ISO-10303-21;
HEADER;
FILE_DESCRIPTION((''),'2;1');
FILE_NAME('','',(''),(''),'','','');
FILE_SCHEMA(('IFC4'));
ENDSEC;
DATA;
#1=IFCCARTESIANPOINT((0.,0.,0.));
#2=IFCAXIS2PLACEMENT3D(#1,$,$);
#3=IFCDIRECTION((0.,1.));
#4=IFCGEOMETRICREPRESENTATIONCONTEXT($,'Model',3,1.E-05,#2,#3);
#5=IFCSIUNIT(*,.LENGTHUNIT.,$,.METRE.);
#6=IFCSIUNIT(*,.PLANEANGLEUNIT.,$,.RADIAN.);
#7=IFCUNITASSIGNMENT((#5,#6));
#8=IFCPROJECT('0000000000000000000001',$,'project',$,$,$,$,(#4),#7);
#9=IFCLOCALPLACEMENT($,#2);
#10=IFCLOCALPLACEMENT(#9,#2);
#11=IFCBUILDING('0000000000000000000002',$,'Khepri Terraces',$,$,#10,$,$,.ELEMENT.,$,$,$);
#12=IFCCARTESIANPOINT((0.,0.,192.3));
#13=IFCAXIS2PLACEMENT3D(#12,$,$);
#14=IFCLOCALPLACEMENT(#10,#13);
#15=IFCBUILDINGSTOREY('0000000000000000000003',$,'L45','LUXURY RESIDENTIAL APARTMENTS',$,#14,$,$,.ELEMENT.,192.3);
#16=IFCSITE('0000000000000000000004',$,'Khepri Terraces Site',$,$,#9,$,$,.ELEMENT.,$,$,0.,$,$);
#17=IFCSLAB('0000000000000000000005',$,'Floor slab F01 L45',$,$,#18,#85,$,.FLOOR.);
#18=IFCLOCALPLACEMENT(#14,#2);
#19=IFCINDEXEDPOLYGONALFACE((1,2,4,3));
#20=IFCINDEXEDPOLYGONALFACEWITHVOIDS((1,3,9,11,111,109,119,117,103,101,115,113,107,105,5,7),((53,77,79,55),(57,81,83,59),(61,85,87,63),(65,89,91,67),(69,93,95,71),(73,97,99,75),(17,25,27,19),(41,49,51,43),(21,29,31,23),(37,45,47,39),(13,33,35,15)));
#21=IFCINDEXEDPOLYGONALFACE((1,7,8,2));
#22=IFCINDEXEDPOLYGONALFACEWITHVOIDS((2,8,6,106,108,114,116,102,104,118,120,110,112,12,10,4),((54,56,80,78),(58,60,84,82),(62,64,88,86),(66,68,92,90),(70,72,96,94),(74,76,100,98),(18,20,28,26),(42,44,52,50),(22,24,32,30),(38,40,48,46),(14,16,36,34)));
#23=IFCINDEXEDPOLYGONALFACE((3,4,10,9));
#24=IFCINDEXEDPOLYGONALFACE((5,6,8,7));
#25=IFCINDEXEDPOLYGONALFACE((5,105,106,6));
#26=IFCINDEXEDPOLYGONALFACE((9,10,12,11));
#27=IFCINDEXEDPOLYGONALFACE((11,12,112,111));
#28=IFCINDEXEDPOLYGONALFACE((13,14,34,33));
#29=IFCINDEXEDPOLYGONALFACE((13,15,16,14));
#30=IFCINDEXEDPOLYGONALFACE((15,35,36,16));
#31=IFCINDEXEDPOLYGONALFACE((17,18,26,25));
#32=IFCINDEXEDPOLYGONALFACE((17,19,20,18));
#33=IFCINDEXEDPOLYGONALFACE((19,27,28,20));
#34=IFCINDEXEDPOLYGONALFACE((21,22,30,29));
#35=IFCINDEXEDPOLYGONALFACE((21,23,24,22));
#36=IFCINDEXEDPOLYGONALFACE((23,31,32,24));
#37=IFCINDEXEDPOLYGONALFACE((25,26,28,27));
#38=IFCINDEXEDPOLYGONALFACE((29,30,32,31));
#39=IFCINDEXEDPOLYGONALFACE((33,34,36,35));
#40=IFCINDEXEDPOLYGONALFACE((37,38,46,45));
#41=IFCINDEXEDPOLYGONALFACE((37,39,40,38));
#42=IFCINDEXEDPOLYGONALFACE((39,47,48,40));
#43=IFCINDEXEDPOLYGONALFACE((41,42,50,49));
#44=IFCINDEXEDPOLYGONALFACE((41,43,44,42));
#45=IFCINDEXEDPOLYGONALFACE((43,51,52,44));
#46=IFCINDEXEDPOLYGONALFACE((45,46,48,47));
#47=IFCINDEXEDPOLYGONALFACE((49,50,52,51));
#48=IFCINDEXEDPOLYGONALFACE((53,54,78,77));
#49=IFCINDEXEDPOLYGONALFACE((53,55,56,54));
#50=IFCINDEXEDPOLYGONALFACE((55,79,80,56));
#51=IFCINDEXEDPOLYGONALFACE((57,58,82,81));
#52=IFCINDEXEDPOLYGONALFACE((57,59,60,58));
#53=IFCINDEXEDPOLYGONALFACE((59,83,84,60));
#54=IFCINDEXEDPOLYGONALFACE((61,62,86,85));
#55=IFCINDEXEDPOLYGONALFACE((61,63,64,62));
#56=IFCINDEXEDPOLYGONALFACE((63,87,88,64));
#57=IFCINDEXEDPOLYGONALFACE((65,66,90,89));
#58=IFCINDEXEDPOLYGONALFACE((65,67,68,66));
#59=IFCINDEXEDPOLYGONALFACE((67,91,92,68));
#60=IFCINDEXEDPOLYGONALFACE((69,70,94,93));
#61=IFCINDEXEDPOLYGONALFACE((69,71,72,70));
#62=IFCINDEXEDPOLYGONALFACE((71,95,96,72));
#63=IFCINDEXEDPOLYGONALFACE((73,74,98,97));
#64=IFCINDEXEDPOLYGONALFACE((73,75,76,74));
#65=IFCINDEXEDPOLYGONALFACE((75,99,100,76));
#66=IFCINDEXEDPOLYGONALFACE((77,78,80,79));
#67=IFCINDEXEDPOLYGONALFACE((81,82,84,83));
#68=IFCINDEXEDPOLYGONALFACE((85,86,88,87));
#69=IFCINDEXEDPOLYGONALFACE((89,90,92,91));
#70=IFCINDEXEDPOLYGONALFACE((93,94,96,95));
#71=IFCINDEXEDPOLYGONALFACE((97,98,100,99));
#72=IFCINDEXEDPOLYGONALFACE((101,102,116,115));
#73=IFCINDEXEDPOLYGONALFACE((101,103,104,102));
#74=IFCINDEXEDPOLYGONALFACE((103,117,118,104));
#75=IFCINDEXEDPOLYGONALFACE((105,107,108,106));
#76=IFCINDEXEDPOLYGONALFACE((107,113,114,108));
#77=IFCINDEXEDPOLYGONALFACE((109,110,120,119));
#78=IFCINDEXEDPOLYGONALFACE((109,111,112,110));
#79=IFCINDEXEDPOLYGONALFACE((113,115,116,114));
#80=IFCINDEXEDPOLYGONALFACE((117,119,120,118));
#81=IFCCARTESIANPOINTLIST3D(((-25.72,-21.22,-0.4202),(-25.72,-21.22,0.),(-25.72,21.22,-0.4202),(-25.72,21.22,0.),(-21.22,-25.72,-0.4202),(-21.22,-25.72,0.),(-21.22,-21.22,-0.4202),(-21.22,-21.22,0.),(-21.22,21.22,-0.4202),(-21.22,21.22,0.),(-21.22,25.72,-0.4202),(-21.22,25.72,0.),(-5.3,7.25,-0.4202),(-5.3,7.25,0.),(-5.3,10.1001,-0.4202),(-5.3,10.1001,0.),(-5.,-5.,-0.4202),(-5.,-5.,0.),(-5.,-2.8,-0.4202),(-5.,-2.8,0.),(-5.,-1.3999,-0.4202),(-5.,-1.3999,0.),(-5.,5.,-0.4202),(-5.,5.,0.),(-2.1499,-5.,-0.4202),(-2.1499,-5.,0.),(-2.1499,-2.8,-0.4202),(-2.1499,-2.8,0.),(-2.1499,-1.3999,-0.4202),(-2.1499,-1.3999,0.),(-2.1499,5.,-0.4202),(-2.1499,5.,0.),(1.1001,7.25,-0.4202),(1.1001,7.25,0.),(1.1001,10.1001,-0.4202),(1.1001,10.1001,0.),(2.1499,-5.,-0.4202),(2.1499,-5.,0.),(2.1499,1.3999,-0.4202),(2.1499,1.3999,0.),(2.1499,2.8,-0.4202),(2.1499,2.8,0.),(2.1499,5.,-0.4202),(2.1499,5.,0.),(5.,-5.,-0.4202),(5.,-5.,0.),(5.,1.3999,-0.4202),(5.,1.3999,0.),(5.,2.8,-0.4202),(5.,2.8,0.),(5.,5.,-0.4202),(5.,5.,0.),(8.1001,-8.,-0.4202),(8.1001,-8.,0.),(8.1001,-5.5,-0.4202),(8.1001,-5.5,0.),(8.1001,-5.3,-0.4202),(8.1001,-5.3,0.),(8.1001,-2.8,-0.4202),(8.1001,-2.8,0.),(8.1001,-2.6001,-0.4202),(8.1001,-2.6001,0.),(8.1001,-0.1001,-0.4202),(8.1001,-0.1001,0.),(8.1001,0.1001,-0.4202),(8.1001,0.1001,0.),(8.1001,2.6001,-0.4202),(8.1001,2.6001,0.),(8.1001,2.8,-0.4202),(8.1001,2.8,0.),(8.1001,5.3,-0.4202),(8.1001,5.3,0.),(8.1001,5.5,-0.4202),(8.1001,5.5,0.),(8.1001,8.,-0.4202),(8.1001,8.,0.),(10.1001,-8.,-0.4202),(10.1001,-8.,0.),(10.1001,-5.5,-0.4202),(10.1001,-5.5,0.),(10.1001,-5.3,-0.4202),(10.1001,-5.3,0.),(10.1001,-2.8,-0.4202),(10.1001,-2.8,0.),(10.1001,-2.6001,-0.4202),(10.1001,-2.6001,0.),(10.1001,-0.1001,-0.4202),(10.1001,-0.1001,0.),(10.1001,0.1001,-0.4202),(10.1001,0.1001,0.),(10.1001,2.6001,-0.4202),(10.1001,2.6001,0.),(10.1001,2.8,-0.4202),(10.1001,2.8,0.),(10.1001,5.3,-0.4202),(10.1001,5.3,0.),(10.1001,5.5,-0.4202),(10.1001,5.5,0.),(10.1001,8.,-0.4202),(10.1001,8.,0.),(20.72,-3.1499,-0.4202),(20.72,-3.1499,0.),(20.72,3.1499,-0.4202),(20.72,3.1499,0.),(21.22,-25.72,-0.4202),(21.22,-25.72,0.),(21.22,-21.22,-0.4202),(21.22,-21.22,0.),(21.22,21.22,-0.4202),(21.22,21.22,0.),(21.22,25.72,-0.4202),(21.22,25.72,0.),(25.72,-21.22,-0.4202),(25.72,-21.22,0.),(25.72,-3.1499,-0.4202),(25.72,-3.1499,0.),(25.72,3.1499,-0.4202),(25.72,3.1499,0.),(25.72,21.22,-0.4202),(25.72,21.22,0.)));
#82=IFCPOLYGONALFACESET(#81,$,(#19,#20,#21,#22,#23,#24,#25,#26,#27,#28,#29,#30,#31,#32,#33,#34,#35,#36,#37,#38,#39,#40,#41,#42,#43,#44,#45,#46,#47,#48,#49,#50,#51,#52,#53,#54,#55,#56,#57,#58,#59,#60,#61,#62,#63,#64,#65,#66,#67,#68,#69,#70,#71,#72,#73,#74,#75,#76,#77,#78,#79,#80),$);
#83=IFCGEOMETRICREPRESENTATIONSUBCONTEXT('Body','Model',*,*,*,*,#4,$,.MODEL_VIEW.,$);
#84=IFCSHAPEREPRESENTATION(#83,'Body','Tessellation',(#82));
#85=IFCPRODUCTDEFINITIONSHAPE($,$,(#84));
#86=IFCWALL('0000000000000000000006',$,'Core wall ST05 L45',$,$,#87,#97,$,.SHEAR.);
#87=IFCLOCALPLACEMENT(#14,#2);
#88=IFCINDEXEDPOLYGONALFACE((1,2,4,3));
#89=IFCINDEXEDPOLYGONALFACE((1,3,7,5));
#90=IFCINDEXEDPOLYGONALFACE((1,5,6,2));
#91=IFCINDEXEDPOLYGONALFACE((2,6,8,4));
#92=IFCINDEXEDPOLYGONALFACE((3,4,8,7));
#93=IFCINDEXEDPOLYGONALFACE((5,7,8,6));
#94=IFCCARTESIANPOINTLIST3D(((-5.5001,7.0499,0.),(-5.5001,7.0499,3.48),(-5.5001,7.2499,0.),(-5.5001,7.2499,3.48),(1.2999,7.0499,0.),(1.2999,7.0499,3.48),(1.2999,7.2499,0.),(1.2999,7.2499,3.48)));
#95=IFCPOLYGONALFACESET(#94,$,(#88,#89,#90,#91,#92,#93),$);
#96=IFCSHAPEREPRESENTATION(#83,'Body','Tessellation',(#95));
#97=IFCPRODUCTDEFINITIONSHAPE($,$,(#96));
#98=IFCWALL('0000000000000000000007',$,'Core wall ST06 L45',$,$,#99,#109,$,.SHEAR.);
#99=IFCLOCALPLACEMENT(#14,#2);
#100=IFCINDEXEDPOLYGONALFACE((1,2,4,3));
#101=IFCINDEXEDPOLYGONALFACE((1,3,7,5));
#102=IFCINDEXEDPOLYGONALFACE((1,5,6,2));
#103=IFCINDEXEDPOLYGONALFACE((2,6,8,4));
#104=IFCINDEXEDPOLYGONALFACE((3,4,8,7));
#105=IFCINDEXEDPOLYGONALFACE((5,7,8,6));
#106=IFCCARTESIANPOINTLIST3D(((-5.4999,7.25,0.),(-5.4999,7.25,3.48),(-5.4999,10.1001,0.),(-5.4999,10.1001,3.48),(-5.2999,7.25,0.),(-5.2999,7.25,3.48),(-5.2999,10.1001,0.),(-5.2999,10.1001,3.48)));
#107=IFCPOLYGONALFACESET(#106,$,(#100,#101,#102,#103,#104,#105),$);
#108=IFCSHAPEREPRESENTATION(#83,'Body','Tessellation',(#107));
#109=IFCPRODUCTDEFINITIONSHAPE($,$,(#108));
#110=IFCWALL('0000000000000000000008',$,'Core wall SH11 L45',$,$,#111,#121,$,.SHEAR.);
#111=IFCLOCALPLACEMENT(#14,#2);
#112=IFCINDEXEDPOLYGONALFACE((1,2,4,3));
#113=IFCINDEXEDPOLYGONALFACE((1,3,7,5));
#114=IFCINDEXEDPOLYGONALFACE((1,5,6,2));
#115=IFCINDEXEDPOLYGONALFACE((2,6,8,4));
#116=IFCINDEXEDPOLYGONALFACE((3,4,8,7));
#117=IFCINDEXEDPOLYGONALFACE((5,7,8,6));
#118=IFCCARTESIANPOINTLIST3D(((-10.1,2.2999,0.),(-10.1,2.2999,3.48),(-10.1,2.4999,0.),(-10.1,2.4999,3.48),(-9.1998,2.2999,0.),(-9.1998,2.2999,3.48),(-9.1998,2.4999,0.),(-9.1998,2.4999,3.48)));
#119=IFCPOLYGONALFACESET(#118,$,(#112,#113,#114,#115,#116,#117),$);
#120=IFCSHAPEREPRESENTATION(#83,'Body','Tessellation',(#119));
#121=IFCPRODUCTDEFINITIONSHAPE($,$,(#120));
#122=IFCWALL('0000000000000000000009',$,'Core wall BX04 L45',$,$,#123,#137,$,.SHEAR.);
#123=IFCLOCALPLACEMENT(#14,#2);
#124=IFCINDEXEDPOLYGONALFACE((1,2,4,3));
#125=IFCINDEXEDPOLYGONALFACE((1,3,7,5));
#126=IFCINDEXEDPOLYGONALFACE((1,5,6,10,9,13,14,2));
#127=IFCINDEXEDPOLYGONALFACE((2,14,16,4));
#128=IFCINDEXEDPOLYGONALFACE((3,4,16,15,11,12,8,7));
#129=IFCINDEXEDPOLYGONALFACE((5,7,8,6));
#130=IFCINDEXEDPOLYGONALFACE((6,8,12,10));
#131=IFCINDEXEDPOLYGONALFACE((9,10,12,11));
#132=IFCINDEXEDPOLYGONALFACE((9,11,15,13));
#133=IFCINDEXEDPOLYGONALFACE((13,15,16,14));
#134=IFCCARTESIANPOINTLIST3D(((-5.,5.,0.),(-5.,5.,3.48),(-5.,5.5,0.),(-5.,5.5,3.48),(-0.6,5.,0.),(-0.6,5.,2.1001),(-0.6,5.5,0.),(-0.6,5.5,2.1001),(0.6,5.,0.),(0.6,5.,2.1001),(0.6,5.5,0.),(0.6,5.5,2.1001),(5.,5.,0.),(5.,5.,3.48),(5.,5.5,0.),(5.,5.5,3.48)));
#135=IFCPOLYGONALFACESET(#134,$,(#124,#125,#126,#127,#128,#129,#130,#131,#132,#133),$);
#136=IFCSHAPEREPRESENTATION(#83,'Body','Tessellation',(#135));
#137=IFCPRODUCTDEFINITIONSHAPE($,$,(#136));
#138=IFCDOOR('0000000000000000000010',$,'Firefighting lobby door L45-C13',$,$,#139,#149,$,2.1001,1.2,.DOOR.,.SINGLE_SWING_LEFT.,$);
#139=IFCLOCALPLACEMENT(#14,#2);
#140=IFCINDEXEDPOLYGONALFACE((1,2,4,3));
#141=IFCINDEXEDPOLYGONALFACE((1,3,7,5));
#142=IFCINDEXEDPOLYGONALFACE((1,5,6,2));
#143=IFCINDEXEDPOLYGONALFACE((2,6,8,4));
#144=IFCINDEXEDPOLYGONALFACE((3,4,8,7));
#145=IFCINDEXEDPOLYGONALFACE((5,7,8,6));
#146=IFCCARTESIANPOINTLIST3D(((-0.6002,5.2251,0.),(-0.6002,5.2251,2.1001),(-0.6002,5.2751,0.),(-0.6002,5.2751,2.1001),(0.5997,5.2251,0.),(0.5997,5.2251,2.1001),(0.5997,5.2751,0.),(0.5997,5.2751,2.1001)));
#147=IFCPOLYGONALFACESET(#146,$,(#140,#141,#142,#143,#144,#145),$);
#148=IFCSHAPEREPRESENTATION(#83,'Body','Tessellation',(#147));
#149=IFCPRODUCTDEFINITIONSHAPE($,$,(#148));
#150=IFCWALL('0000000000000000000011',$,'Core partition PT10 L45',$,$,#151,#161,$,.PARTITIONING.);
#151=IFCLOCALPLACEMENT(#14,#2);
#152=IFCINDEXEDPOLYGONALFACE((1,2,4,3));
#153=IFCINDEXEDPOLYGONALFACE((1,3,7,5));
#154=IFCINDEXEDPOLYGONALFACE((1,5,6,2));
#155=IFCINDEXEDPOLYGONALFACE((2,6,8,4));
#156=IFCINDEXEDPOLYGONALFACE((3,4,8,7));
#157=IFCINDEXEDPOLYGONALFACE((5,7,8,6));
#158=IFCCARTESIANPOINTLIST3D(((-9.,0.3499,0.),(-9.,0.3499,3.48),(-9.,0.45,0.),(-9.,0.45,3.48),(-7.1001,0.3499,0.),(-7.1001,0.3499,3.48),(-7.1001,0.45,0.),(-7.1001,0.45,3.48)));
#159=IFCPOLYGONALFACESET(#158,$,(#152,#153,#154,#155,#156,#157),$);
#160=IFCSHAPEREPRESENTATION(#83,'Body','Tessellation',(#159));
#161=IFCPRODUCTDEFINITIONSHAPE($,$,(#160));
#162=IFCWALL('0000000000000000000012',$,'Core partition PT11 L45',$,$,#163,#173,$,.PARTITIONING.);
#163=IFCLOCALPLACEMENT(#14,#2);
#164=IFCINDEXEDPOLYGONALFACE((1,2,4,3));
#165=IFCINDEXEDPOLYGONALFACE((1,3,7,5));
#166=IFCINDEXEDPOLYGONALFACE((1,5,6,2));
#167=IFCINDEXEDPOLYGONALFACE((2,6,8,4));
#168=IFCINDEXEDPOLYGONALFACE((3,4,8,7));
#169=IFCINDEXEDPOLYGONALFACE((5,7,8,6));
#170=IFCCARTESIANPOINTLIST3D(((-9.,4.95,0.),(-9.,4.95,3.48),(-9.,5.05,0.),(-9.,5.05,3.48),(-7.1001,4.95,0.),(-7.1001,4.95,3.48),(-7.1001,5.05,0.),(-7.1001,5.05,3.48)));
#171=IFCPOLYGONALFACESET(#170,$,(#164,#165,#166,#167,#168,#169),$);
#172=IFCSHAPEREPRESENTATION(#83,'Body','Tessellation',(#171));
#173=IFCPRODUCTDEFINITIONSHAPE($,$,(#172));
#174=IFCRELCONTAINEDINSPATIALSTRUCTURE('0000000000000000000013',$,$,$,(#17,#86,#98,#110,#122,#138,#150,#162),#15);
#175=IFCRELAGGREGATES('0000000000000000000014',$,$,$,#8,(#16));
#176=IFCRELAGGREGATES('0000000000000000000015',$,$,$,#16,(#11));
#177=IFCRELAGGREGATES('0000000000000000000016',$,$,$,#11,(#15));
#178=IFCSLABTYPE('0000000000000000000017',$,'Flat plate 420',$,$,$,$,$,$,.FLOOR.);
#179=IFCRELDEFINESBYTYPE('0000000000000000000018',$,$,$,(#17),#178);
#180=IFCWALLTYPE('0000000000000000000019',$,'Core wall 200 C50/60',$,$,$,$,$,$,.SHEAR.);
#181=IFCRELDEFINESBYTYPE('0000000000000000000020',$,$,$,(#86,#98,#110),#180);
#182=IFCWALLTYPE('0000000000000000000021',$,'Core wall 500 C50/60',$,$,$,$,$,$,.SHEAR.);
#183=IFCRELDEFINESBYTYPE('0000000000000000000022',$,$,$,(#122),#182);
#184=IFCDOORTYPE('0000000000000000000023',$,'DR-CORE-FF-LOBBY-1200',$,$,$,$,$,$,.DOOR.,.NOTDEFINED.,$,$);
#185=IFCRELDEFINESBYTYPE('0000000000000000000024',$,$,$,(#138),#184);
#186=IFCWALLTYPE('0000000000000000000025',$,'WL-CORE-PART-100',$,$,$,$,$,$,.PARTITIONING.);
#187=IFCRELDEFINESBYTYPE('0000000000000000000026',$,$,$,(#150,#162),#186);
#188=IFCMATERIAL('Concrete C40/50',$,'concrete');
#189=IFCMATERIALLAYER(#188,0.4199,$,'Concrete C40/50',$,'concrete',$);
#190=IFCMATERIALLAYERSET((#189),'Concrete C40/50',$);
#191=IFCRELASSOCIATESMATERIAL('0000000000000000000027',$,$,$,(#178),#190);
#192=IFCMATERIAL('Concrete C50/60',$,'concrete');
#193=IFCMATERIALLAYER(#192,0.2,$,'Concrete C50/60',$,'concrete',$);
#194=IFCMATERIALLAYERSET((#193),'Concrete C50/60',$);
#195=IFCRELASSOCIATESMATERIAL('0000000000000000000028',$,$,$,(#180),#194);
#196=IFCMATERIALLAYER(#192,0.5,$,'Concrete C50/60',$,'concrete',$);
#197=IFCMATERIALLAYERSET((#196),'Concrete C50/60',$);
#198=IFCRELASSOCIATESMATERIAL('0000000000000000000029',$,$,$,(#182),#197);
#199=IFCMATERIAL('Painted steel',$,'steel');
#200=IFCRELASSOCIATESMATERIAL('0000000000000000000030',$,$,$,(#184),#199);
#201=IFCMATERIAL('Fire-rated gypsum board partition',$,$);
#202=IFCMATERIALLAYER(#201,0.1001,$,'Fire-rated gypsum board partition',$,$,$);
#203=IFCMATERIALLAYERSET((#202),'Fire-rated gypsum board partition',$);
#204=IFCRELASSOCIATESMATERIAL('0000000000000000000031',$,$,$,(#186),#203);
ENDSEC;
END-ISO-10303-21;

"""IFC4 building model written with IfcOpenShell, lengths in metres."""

from ifc_helpers import new_model, si_unit, direction, frame, frame_2d, origin, place, context, subcontext, project, spatial, polyline, rectangle, outline, extrude, material, layer, layer_set, type_object, element, fill, save


model = new_model("IFC4")

# Units and contexts
model_context = context("Model", 3, precision=1e-05, world=origin(), true_north=direction((0.0, 1.0)))
body_context = subcontext(model_context, "Body", "Model", "MODEL_VIEW")
ifc_project = project(units=[si_unit("LENGTHUNIT", "METRE"), si_unit("PLANEANGLEUNIT", "RADIAN")], contexts=[model_context])

# Site, building, storey
site_placement = place(None, origin())
site = spatial("IfcSite", under=ifc_project, at=site_placement, Name="Khepri Terraces Site", CompositionType="ELEMENT", RefElevation=0.0)
building_placement = place(site_placement, origin())
building = spatial("IfcBuilding", under=site, at=building_placement, Name="Khepri Terraces", CompositionType="ELEMENT")
storey_placement = place(building_placement, frame((0.0, 0.0, 192.3)))
storey = spatial("IfcBuildingStorey", under=building, at=storey_placement, Name="L45", Description="LUXURY RESIDENTIAL APARTMENTS", CompositionType="ELEMENT", Elevation=192.3)

# Slab
ifc_material_1 = material(Name="Concrete C40/50", Category="concrete")
ifc_layer_1 = layer(ifc_material_1, 0.4199, Name="Concrete C40/50", Category="concrete")
ifc_layer_set_1 = layer_set([ifc_layer_1], Name="Concrete C40/50")
slab_type = type_object("IfcSlabType", Name="Flat plate 420", PredefinedType="FLOOR", material=ifc_layer_set_1)
slab_placement = place(storey_placement, frame((0.0, 0.0, -0.4202)))
element("IfcSlab", 1, at=slab_placement, inside=storey, type_object=slab_type, Name="Floor slab F01 L45", PredefinedType="FLOOR", context=body_context, shape_type="SweptSolid", body=[
    extrude(outline(polyline([(25.72, 3.1499), (20.72, 3.1499), (20.72, -3.1499), (25.72, -3.1499), (25.72, -21.22), (21.22, -21.22), (21.22, -25.72), (-21.22, -25.72), (-21.22, -21.22), (-25.72, -21.22), (-25.72, 21.22), (-21.22, 21.22), (-21.22, 25.72), (21.22, 25.72), (21.22, 21.22), (25.72, 21.22), (25.72, 3.1499)]), holes=[polyline([(2.1499, 2.8), (5.0, 2.8), (5.0, 5.0), (2.1499, 5.0), (2.1499, 2.8)]), polyline([(-5.0, -2.8), (-5.0, -5.0), (-2.1499, -5.0), (-2.1499, -2.8), (-5.0, -2.8)]), polyline([(10.1001, -5.5), (8.1001, -5.5), (8.1001, -8.0), (10.1001, -8.0), (10.1001, -5.5)]), polyline([(10.1001, -5.3), (10.1001, -2.8), (8.1001, -2.8), (8.1001, -5.3), (10.1001, -5.3)]), polyline([(8.1001, -2.6001), (10.1001, -2.6001), (10.1001, -0.1001), (8.1001, -0.1001), (8.1001, -2.6001)]), polyline([(8.1001, 2.6001), (8.1001, 0.1001), (10.1001, 0.1001), (10.1001, 2.6001), (8.1001, 2.6001)]), polyline([(10.1001, 5.3), (8.1001, 5.3), (8.1001, 2.8), (10.1001, 2.8), (10.1001, 5.3)]), polyline([(10.1001, 5.5), (10.1001, 8.0), (8.1001, 8.0), (8.1001, 5.5), (10.1001, 5.5)]), polyline([(-5.0, -1.3999), (-2.1499, -1.3999), (-2.1499, 5.0), (-5.0, 5.0), (-5.0, -1.3999)]), polyline([(5.0, -5.0), (5.0, 1.3999), (2.1499, 1.3999), (2.1499, -5.0), (5.0, -5.0)]), polyline([(-5.3, 10.1001), (-5.3, 7.25), (1.1001, 7.25), (1.1001, 10.1001), (-5.3, 10.1001)])]), origin(), (0.0, 0.0, 1.0), 0.4202),
])

# Walls
ifc_material_2 = material(Name="Concrete C50/60", Category="concrete")
ifc_layer_2 = layer(ifc_material_2, 0.2, Name="Concrete C50/60", Category="concrete")
ifc_layer_set_2 = layer_set([ifc_layer_2], Name="Concrete C50/60")
wall_type_1 = type_object("IfcWallType", Name="Core wall 200 C50/60", PredefinedType="SHEAR", material=ifc_layer_set_2)
wall_1_placement = place(storey_placement, frame((-5.5, 7.1499, 0.0), z_axis=(0.0, 0.0, 1.0), x_axis=(1.0, 0.0, 0.0)))
element("IfcWall", 2, at=wall_1_placement, inside=storey, type_object=wall_type_1, Name="Core wall ST05 L45", PredefinedType="SHEAR", context=body_context, shape_type="SweptSolid", body=[
    extrude(rectangle(XDim=6.8, YDim=0.2, at=frame_2d((3.3999, 0.0))), origin(), (0.0, 0.0, 1.0), 3.48),
])
wall_2_placement = place(storey_placement, frame((-5.3999, 7.25, 0.0), z_axis=(0.0, 0.0, 1.0), x_axis=(0.0, 1.0, 0.0)))
element("IfcWall", 3, at=wall_2_placement, inside=storey, type_object=wall_type_1, Name="Core wall ST06 L45", PredefinedType="SHEAR", context=body_context, shape_type="SweptSolid", body=[
    extrude(rectangle(XDim=2.8501, YDim=0.2, at=frame_2d((1.425, 0.0))), origin(), (0.0, 0.0, 1.0), 3.48),
])
wall_3_placement = place(storey_placement, frame((-10.1001, 2.3999, 0.0), z_axis=(0.0, 0.0, 1.0), x_axis=(1.0, 0.0, 0.0)))
element("IfcWall", 4, at=wall_3_placement, inside=storey, type_object=wall_type_1, Name="Core wall SH11 L45", PredefinedType="SHEAR", context=body_context, shape_type="SweptSolid", body=[
    extrude(rectangle(XDim=0.9001, YDim=0.2, at=frame_2d((0.4502, 0.0))), origin(), (0.0, 0.0, 1.0), 3.48),
])

# Wall, opening, door
ifc_layer_3 = layer(ifc_material_2, 0.5, Name="Concrete C50/60", Category="concrete")
ifc_layer_set_3 = layer_set([ifc_layer_3], Name="Concrete C50/60")
wall_type_2 = type_object("IfcWallType", Name="Core wall 500 C50/60", PredefinedType="SHEAR", material=ifc_layer_set_3)
wall_4_placement = place(storey_placement, frame((-5.0, 5.25, 0.0), z_axis=(0.0, 0.0, 1.0), x_axis=(1.0, 0.0, 0.0)))
wall_4 = element("IfcWall", 5, at=wall_4_placement, inside=storey, type_object=wall_type_2, Name="Core wall BX04 L45", PredefinedType="SHEAR", context=body_context, shape_type="SweptSolid", body=[
    extrude(rectangle(XDim=10.0, YDim=0.5, at=frame_2d((5.0, 0.0))), origin(), (0.0, 0.0, 1.0), 3.48),
])
opening_1_placement = place(wall_4_placement, frame((4.3999, 0.0, 0.0)))
opening_1 = element("IfcOpeningElement", 6, at=opening_1_placement, cuts=wall_4, PredefinedType="OPENING", context=body_context, shape_type="SweptSolid", body=[
    extrude(rectangle(XDim=1.2, YDim=2.1001, at=frame_2d((0.6001, 1.05))), frame((0.0, 0.26, 0.0), z_axis=(0.0, -1.0, 0.0), x_axis=(1.0, 0.0, 0.0)), (0.0, 0.0, 1.0), 0.52),
])
ifc_material_3 = material(Name="Painted steel", Category="steel")
door_type_1 = type_object("IfcDoorType", Name="DR-CORE-FF-LOBBY-1200", OperationType="NOTDEFINED", PredefinedType="DOOR", material=ifc_material_3)
door_1_placement = place(opening_1_placement, frame((1.2, 0.0, 0.0), z_axis=(0.0, 0.0, 1.0), x_axis=(-1.0, 0.0, 0.0)))
door_1 = element("IfcDoor", 7, at=door_1_placement, inside=storey, type_object=door_type_1, Name="Firefighting lobby door L45-C13", OperationType="SINGLE_SWING_LEFT", OverallHeight=2.1001, OverallWidth=1.2, PredefinedType="DOOR", context=body_context, shape_type="SweptSolid", body=[
    extrude(rectangle(XDim=1.2, YDim=2.1001, at=frame_2d((0.6001, 1.05))), frame((0.0, 0.0249, 0.0), z_axis=(0.0, -1.0, 0.0), x_axis=(1.0, 0.0, 0.0)), (0.0, 0.0, 1.0), 0.05),
])
fill(opening_1, door_1)

# Walls
ifc_material_4 = material(Name="Fire-rated gypsum board partition")
ifc_layer_4 = layer(ifc_material_4, 0.1001, Name="Fire-rated gypsum board partition")
ifc_layer_set_4 = layer_set([ifc_layer_4], Name="Fire-rated gypsum board partition")
wall_type_3 = type_object("IfcWallType", Name="WL-CORE-PART-100", PredefinedType="PARTITIONING", material=ifc_layer_set_4)
for number, where, z_axis, x_axis, name in (
    (8, (-9.0, 0.3999, 0.0), (0.0, 0.0, 1.0), (1.0, 0.0, 0.0), "Core partition PT10 L45"),
    (9, (-9.0, 5.0, 0.0), (0.0, 0.0, 1.0), (1.0, 0.0, 0.0), "Core partition PT11 L45"),
):
    element("IfcWall", number, at=place(storey_placement, frame(where, z_axis=z_axis, x_axis=x_axis)), inside=storey, type_object=wall_type_3, Name=name, PredefinedType="PARTITIONING", context=body_context, shape_type="SweptSolid", body=[
        extrude(rectangle(XDim=1.8999, YDim=0.1001, at=frame_2d((0.95, 0.0))), origin(), (0.0, 0.0, 1.0), 3.48),
    ])

save(model, "model.ifc")
